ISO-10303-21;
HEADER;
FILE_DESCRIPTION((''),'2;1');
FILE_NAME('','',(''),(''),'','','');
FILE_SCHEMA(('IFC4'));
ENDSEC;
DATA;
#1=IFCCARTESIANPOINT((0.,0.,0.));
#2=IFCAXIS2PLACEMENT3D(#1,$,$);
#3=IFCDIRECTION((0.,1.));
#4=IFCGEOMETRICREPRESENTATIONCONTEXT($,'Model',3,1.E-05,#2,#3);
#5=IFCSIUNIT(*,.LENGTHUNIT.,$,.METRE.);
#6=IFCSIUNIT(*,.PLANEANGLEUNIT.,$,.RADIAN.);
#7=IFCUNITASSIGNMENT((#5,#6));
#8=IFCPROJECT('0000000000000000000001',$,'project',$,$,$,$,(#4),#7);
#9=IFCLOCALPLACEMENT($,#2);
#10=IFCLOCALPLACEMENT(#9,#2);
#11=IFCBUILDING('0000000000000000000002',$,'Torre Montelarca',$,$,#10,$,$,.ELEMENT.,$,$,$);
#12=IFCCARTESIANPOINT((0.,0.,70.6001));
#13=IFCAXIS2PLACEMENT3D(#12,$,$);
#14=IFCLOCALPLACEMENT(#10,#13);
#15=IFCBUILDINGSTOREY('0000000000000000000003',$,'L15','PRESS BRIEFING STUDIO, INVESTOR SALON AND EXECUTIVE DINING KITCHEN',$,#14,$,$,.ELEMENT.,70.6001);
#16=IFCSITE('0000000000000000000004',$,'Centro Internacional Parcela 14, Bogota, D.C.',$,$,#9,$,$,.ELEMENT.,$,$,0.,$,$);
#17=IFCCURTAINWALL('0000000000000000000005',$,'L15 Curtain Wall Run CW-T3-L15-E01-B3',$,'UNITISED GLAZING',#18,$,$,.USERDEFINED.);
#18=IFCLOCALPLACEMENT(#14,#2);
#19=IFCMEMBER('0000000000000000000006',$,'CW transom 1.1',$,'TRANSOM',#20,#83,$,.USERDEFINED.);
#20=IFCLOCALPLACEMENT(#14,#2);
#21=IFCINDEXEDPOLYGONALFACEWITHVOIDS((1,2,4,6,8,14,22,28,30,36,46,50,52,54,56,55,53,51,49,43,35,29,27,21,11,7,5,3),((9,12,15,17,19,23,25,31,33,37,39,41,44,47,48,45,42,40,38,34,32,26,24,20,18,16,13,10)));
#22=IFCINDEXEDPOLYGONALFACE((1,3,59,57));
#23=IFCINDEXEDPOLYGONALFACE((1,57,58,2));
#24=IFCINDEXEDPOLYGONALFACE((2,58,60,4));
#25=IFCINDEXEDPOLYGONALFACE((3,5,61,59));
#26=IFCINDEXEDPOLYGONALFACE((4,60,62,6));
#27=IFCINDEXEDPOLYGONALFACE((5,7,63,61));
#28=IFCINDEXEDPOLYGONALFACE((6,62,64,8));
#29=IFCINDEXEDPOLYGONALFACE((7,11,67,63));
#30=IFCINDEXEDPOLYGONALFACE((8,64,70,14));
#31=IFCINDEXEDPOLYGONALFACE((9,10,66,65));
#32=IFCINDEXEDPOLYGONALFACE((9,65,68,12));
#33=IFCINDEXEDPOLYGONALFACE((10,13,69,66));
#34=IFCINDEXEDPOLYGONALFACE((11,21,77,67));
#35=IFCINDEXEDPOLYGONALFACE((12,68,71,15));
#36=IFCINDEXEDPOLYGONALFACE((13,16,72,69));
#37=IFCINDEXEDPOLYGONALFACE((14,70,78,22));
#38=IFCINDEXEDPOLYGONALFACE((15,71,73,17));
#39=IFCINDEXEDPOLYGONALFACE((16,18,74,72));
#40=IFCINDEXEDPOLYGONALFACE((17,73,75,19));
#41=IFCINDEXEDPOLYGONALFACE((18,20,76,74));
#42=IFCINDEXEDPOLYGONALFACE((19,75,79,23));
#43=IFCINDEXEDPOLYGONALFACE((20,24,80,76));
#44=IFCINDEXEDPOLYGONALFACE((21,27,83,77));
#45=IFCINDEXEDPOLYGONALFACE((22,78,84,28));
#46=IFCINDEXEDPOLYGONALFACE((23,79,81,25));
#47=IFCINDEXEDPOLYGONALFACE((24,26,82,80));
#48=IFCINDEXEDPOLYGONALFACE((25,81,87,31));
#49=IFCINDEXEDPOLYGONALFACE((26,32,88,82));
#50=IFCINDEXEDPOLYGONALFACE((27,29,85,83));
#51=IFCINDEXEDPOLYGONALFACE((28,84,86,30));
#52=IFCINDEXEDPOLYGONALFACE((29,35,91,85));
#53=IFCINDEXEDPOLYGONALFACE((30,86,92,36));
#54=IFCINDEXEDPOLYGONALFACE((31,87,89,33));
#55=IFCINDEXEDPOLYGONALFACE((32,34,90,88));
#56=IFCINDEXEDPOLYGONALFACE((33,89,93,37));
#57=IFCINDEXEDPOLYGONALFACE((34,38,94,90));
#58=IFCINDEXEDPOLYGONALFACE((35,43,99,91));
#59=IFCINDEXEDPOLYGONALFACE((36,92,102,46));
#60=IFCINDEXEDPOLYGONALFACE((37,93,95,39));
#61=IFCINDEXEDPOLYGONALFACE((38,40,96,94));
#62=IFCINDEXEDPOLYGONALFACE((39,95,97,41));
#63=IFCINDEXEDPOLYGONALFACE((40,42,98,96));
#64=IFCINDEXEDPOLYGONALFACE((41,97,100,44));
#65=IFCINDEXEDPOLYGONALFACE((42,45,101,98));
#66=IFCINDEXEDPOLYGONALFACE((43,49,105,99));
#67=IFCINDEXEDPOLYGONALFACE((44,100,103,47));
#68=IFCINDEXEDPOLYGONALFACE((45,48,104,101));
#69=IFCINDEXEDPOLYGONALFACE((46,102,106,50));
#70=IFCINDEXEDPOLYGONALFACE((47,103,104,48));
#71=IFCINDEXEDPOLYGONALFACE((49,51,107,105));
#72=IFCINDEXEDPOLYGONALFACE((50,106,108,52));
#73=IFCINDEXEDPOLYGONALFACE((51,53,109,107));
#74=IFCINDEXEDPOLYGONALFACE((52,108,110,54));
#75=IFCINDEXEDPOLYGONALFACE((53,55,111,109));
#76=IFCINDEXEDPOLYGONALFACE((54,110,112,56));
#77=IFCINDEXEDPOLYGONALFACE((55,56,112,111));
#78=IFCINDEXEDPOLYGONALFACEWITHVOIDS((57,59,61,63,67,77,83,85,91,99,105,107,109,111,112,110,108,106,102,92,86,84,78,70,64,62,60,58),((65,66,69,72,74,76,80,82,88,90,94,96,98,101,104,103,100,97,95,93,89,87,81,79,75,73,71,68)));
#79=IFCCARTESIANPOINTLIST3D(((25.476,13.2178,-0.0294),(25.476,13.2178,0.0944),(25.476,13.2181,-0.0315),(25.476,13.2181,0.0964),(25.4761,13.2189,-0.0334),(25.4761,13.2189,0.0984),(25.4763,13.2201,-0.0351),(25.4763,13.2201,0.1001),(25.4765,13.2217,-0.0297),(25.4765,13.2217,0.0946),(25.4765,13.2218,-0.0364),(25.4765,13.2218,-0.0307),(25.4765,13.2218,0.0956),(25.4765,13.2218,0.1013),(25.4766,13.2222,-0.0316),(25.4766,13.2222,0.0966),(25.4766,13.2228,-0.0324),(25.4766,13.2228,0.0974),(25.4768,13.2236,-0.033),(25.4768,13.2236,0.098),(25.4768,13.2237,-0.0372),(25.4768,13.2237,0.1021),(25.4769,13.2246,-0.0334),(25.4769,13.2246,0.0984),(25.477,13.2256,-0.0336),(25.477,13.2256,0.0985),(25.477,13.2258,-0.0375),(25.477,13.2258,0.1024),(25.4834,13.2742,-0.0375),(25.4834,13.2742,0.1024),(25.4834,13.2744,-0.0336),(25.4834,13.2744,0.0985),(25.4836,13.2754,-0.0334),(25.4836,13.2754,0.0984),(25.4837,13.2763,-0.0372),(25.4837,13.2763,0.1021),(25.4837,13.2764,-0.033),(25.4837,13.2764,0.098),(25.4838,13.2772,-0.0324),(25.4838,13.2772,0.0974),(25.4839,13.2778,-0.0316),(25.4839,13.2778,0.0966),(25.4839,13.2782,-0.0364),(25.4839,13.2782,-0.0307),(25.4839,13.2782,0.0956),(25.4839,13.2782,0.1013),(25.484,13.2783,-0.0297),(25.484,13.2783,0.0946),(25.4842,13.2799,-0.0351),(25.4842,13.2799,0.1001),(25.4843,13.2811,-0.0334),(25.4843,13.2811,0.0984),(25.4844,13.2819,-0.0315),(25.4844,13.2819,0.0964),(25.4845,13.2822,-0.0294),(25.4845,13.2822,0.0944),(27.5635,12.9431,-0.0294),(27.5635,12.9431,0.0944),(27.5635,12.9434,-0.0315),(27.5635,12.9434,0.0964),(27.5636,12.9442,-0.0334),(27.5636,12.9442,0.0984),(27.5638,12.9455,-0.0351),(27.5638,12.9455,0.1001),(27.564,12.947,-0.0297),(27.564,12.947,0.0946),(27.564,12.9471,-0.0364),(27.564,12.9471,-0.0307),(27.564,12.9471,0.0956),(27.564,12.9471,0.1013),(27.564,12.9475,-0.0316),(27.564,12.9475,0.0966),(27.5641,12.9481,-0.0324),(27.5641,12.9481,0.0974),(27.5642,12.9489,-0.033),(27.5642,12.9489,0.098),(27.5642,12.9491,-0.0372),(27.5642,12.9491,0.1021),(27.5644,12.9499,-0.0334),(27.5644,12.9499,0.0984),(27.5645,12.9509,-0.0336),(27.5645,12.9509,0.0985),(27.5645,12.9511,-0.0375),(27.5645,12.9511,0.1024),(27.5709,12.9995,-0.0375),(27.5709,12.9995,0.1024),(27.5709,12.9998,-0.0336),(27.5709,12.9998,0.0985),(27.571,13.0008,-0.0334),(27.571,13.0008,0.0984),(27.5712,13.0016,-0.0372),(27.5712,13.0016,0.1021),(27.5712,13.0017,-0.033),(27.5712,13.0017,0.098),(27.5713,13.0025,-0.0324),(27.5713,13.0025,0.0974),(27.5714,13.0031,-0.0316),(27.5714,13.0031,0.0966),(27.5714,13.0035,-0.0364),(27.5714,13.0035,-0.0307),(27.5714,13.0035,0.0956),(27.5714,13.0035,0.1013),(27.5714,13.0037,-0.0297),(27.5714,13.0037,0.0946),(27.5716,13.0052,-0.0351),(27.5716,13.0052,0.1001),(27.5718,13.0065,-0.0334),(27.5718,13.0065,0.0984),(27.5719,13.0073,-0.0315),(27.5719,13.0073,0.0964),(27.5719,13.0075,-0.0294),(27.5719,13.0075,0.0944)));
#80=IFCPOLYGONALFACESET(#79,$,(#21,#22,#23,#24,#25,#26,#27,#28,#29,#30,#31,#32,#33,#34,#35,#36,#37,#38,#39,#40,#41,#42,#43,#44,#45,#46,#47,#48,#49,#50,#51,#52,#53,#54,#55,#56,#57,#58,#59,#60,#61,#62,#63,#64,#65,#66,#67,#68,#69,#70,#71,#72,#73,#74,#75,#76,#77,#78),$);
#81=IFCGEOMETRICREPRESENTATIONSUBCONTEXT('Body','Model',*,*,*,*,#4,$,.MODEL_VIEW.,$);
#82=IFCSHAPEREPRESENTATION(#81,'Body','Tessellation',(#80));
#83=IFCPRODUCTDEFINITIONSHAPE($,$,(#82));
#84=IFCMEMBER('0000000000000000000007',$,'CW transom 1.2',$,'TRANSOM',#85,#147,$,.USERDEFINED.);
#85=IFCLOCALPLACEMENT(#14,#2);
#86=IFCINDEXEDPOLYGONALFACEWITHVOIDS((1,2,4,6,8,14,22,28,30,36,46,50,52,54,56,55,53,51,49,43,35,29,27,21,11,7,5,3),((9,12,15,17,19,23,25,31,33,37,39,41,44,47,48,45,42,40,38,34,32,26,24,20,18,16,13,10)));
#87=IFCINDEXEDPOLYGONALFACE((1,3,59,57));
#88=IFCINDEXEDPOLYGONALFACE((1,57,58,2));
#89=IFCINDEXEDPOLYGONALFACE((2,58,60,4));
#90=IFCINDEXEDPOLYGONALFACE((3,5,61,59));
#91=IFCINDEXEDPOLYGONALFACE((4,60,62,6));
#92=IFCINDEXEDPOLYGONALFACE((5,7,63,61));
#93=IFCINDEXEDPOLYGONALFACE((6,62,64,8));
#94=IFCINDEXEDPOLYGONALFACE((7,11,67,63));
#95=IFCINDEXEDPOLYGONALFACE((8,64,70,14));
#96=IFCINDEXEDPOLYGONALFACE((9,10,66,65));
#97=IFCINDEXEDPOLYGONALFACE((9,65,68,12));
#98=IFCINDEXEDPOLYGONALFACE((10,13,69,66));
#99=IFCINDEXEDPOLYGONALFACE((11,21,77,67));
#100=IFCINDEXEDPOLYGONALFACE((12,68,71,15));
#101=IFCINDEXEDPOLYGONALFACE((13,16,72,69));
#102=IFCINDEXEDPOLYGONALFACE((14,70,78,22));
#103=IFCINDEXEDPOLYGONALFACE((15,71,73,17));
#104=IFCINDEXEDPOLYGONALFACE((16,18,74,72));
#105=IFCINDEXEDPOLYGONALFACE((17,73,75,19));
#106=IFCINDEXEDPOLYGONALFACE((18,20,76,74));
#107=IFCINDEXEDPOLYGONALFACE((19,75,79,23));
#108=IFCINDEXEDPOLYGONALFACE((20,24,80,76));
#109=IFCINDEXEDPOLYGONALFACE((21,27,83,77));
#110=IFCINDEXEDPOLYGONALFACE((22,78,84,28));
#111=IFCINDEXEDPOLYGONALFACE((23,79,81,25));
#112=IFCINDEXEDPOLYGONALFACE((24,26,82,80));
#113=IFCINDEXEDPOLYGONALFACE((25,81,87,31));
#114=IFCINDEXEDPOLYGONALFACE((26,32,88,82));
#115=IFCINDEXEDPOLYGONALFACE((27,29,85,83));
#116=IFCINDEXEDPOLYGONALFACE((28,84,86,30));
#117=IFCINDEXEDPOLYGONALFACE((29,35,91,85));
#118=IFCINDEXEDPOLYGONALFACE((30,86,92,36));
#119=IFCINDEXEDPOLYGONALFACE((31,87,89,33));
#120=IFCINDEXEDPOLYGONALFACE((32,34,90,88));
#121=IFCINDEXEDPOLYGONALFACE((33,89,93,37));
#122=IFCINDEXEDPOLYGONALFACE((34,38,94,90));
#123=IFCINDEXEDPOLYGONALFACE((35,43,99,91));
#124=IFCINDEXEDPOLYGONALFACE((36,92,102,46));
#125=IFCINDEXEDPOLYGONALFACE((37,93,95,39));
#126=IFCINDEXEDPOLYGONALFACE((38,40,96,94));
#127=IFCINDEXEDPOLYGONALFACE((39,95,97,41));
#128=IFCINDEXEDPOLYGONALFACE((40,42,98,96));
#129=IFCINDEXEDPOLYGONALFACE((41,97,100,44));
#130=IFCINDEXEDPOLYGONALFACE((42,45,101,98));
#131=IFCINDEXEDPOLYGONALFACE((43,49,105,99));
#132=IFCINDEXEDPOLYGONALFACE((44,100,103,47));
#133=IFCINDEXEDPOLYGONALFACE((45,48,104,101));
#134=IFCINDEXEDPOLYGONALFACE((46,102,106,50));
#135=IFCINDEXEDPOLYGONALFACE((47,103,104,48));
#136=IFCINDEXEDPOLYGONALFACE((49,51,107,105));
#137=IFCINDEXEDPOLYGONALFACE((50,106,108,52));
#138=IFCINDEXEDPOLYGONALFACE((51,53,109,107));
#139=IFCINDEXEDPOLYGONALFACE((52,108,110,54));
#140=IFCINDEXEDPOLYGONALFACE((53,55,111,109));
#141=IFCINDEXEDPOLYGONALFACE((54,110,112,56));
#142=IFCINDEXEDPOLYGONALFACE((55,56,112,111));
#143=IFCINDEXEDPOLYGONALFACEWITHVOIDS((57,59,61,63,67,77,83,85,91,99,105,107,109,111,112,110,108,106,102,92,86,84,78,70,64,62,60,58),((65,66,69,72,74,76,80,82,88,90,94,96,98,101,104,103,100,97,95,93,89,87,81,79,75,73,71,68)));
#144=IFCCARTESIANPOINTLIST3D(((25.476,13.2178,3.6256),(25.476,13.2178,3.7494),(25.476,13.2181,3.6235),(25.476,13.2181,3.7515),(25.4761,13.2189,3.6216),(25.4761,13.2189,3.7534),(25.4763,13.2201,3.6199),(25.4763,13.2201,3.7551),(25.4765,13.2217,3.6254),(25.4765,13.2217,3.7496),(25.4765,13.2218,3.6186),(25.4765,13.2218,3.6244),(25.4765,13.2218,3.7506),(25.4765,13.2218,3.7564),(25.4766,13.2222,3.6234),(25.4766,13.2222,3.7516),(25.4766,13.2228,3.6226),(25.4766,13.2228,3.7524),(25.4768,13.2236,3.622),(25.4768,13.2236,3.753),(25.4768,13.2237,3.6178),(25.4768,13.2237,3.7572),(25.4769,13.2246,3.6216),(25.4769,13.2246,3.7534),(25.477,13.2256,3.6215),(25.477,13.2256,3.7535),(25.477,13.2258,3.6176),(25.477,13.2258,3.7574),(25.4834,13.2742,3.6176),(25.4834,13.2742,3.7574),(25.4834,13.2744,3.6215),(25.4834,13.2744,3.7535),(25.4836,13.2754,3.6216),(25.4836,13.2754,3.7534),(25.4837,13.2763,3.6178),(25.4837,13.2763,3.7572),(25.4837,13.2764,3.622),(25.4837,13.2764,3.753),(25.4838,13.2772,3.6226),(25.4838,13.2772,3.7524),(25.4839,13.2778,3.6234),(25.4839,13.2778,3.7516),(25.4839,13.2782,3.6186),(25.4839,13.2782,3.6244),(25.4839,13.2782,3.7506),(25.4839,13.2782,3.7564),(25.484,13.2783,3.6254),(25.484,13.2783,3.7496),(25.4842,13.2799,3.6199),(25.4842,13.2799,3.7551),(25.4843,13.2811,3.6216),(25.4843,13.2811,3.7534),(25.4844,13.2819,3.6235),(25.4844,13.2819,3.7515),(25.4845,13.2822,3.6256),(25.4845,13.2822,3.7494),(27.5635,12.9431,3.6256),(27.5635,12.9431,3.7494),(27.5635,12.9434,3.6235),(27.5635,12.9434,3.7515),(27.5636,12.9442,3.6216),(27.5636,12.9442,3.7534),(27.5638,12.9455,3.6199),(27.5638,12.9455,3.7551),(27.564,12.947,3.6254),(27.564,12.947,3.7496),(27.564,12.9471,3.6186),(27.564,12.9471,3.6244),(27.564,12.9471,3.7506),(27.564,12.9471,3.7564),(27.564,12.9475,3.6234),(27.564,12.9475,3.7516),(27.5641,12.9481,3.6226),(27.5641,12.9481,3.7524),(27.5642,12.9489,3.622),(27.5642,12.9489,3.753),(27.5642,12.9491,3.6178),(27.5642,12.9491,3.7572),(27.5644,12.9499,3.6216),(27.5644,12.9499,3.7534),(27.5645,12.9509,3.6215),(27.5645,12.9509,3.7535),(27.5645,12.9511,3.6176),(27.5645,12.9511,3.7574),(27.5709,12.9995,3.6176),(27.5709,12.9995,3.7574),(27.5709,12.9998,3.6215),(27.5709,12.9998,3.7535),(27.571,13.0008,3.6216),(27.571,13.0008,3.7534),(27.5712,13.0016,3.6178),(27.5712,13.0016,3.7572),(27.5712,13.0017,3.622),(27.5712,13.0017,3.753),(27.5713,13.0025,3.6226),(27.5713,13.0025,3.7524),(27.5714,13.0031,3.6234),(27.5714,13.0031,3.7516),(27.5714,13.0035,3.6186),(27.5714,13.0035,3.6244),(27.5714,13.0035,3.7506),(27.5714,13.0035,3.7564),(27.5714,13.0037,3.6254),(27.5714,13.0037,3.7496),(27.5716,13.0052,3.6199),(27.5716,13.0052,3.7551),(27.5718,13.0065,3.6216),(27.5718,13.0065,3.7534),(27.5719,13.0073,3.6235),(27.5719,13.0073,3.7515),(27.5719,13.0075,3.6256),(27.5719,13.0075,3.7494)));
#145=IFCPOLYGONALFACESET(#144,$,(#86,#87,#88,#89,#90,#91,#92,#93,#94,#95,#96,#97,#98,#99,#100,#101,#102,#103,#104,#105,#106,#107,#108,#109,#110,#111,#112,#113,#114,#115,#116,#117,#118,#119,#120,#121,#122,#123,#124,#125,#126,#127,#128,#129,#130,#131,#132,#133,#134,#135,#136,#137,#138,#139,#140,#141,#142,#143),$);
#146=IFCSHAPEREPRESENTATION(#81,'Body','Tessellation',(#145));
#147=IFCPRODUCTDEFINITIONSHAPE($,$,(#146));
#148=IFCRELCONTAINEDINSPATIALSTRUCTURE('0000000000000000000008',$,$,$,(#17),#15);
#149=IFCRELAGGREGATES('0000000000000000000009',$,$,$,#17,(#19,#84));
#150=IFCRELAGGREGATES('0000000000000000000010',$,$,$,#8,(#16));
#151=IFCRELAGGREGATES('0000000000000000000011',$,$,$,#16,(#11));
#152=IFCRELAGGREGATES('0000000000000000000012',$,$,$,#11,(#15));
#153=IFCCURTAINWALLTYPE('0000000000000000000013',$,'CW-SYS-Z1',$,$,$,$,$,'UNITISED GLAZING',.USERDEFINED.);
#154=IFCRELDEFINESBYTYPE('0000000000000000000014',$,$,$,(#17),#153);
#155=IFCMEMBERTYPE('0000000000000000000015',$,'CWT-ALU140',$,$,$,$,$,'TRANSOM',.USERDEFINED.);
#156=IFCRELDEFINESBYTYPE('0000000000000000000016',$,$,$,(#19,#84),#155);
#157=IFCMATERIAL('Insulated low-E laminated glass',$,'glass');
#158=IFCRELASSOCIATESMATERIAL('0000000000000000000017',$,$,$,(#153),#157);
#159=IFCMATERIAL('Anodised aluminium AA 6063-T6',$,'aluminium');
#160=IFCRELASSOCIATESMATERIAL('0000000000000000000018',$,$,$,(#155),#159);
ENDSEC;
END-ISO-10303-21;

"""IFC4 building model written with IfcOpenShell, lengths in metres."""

from ifc_helpers import new_model, si_unit, direction, frame, origin, origin_2d, place, context, subcontext, project, spatial, hollow_rectangle, extrude, source, transform, mapped, material, material_profile, profile_set, type_object, element, aggregate, save


model = new_model("IFC4")

# Units and contexts
model_context = context("Model", 3, precision=1e-05, world=origin(), true_north=direction((0.0, 1.0)))
body_context = subcontext(model_context, "Body", "Model", "MODEL_VIEW")
ifc_project = project(units=[si_unit("LENGTHUNIT", "METRE"), si_unit("PLANEANGLEUNIT", "RADIAN")], contexts=[model_context])

# Site, building, storey
site_placement = place(None, origin())
site = spatial("IfcSite", under=ifc_project, at=site_placement, Name="Centro Internacional Parcela 14, Bogota, D.C.", CompositionType="ELEMENT", RefElevation=0.0)
building_placement = place(site_placement, origin())
building = spatial("IfcBuilding", under=site, at=building_placement, Name="Torre Montelarca", CompositionType="ELEMENT")
storey_placement = place(building_placement, frame((0.0, 0.0, 70.6001)))
storey = spatial("IfcBuildingStorey", under=building, at=storey_placement, Name="L15", Description="PRESS BRIEFING STUDIO, INVESTOR SALON AND EXECUTIVE DINING KITCHEN", CompositionType="ELEMENT", Elevation=70.6001)

# Curtain wall, members
ifc_material_1 = material(Name="Insulated low-E laminated glass", Category="glass")
curtain_wall_type = type_object("IfcCurtainWallType", Name="CW-SYS-Z1", ElementType="UNITISED GLAZING", PredefinedType="USERDEFINED", material=ifc_material_1)
ifc_material_2 = material(Name="Anodised aluminium AA 6063-T6", Category="aluminium")
ifc_material_profile_1 = material_profile(ifc_material_2, hollow_rectangle(XDim=0.0649, YDim=0.1399, WallThickness=0.0039, InnerFilletRadius=0.0039, OuterFilletRadius=0.0081, at=origin_2d()), Name="ALU65X140X4", Category="aluminium")
ifc_profile_set_1 = profile_set([ifc_material_profile_1], Name="Anodised aluminium AA 6063-T6")
member_type_1 = type_object("IfcMemberType", Name="CWT-ALU140", ElementType="TRANSOM", PredefinedType="USERDEFINED", material=ifc_profile_set_1)
curtain_wall_1_placement = place(storey_placement, origin())
curtain_wall_1 = element("IfcCurtainWall", 1, at=curtain_wall_1_placement, inside=storey, type_object=curtain_wall_type, Name="L15 Curtain Wall Run CW-T3-L15-E01-B3", ObjectType="UNITISED GLAZING", PredefinedType="USERDEFINED")
shared_shape_1 = source(origin(), body_context, "Body", "SweptSolid", [
    extrude(hollow_rectangle(XDim=0.0649, YDim=0.1399, WallThickness=0.0039, InnerFilletRadius=0.0039, OuterFilletRadius=0.0081, at=origin_2d()), origin(), (0.0, 0.0, 1.0), 2.1055),
])
member_1_placement = place(storey_placement, frame((25.4802, 13.25, 0.0325), z_axis=(0.991454, -0.130455, 0.0), x_axis=(0.130455, 0.991454, 0.0)))
member_1 = element("IfcMember", 2, at=member_1_placement, type_object=member_type_1, Name="CW transom 1.1", ObjectType="TRANSOM", PredefinedType="USERDEFINED", context=body_context, shape_type="MappedRepresentation", body=[
    mapped(shared_shape_1, transform((0.0, 0.0, 0.0), scale=1.0)),
])
member_2_placement = place(storey_placement, frame((25.4802, 13.25, 3.6875), z_axis=(0.991454, -0.130455, 0.0), x_axis=(0.130455, 0.991454, 0.0)))
member_2 = element("IfcMember", 3, at=member_2_placement, type_object=member_type_1, Name="CW transom 1.2", ObjectType="TRANSOM", PredefinedType="USERDEFINED", context=body_context, shape_type="MappedRepresentation", body=[
    mapped(shared_shape_1, transform((0.0, 0.0, 0.0), scale=1.0)),
])

aggregate(curtain_wall_1, [member_1, member_2])

save(model, "model.ifc")
